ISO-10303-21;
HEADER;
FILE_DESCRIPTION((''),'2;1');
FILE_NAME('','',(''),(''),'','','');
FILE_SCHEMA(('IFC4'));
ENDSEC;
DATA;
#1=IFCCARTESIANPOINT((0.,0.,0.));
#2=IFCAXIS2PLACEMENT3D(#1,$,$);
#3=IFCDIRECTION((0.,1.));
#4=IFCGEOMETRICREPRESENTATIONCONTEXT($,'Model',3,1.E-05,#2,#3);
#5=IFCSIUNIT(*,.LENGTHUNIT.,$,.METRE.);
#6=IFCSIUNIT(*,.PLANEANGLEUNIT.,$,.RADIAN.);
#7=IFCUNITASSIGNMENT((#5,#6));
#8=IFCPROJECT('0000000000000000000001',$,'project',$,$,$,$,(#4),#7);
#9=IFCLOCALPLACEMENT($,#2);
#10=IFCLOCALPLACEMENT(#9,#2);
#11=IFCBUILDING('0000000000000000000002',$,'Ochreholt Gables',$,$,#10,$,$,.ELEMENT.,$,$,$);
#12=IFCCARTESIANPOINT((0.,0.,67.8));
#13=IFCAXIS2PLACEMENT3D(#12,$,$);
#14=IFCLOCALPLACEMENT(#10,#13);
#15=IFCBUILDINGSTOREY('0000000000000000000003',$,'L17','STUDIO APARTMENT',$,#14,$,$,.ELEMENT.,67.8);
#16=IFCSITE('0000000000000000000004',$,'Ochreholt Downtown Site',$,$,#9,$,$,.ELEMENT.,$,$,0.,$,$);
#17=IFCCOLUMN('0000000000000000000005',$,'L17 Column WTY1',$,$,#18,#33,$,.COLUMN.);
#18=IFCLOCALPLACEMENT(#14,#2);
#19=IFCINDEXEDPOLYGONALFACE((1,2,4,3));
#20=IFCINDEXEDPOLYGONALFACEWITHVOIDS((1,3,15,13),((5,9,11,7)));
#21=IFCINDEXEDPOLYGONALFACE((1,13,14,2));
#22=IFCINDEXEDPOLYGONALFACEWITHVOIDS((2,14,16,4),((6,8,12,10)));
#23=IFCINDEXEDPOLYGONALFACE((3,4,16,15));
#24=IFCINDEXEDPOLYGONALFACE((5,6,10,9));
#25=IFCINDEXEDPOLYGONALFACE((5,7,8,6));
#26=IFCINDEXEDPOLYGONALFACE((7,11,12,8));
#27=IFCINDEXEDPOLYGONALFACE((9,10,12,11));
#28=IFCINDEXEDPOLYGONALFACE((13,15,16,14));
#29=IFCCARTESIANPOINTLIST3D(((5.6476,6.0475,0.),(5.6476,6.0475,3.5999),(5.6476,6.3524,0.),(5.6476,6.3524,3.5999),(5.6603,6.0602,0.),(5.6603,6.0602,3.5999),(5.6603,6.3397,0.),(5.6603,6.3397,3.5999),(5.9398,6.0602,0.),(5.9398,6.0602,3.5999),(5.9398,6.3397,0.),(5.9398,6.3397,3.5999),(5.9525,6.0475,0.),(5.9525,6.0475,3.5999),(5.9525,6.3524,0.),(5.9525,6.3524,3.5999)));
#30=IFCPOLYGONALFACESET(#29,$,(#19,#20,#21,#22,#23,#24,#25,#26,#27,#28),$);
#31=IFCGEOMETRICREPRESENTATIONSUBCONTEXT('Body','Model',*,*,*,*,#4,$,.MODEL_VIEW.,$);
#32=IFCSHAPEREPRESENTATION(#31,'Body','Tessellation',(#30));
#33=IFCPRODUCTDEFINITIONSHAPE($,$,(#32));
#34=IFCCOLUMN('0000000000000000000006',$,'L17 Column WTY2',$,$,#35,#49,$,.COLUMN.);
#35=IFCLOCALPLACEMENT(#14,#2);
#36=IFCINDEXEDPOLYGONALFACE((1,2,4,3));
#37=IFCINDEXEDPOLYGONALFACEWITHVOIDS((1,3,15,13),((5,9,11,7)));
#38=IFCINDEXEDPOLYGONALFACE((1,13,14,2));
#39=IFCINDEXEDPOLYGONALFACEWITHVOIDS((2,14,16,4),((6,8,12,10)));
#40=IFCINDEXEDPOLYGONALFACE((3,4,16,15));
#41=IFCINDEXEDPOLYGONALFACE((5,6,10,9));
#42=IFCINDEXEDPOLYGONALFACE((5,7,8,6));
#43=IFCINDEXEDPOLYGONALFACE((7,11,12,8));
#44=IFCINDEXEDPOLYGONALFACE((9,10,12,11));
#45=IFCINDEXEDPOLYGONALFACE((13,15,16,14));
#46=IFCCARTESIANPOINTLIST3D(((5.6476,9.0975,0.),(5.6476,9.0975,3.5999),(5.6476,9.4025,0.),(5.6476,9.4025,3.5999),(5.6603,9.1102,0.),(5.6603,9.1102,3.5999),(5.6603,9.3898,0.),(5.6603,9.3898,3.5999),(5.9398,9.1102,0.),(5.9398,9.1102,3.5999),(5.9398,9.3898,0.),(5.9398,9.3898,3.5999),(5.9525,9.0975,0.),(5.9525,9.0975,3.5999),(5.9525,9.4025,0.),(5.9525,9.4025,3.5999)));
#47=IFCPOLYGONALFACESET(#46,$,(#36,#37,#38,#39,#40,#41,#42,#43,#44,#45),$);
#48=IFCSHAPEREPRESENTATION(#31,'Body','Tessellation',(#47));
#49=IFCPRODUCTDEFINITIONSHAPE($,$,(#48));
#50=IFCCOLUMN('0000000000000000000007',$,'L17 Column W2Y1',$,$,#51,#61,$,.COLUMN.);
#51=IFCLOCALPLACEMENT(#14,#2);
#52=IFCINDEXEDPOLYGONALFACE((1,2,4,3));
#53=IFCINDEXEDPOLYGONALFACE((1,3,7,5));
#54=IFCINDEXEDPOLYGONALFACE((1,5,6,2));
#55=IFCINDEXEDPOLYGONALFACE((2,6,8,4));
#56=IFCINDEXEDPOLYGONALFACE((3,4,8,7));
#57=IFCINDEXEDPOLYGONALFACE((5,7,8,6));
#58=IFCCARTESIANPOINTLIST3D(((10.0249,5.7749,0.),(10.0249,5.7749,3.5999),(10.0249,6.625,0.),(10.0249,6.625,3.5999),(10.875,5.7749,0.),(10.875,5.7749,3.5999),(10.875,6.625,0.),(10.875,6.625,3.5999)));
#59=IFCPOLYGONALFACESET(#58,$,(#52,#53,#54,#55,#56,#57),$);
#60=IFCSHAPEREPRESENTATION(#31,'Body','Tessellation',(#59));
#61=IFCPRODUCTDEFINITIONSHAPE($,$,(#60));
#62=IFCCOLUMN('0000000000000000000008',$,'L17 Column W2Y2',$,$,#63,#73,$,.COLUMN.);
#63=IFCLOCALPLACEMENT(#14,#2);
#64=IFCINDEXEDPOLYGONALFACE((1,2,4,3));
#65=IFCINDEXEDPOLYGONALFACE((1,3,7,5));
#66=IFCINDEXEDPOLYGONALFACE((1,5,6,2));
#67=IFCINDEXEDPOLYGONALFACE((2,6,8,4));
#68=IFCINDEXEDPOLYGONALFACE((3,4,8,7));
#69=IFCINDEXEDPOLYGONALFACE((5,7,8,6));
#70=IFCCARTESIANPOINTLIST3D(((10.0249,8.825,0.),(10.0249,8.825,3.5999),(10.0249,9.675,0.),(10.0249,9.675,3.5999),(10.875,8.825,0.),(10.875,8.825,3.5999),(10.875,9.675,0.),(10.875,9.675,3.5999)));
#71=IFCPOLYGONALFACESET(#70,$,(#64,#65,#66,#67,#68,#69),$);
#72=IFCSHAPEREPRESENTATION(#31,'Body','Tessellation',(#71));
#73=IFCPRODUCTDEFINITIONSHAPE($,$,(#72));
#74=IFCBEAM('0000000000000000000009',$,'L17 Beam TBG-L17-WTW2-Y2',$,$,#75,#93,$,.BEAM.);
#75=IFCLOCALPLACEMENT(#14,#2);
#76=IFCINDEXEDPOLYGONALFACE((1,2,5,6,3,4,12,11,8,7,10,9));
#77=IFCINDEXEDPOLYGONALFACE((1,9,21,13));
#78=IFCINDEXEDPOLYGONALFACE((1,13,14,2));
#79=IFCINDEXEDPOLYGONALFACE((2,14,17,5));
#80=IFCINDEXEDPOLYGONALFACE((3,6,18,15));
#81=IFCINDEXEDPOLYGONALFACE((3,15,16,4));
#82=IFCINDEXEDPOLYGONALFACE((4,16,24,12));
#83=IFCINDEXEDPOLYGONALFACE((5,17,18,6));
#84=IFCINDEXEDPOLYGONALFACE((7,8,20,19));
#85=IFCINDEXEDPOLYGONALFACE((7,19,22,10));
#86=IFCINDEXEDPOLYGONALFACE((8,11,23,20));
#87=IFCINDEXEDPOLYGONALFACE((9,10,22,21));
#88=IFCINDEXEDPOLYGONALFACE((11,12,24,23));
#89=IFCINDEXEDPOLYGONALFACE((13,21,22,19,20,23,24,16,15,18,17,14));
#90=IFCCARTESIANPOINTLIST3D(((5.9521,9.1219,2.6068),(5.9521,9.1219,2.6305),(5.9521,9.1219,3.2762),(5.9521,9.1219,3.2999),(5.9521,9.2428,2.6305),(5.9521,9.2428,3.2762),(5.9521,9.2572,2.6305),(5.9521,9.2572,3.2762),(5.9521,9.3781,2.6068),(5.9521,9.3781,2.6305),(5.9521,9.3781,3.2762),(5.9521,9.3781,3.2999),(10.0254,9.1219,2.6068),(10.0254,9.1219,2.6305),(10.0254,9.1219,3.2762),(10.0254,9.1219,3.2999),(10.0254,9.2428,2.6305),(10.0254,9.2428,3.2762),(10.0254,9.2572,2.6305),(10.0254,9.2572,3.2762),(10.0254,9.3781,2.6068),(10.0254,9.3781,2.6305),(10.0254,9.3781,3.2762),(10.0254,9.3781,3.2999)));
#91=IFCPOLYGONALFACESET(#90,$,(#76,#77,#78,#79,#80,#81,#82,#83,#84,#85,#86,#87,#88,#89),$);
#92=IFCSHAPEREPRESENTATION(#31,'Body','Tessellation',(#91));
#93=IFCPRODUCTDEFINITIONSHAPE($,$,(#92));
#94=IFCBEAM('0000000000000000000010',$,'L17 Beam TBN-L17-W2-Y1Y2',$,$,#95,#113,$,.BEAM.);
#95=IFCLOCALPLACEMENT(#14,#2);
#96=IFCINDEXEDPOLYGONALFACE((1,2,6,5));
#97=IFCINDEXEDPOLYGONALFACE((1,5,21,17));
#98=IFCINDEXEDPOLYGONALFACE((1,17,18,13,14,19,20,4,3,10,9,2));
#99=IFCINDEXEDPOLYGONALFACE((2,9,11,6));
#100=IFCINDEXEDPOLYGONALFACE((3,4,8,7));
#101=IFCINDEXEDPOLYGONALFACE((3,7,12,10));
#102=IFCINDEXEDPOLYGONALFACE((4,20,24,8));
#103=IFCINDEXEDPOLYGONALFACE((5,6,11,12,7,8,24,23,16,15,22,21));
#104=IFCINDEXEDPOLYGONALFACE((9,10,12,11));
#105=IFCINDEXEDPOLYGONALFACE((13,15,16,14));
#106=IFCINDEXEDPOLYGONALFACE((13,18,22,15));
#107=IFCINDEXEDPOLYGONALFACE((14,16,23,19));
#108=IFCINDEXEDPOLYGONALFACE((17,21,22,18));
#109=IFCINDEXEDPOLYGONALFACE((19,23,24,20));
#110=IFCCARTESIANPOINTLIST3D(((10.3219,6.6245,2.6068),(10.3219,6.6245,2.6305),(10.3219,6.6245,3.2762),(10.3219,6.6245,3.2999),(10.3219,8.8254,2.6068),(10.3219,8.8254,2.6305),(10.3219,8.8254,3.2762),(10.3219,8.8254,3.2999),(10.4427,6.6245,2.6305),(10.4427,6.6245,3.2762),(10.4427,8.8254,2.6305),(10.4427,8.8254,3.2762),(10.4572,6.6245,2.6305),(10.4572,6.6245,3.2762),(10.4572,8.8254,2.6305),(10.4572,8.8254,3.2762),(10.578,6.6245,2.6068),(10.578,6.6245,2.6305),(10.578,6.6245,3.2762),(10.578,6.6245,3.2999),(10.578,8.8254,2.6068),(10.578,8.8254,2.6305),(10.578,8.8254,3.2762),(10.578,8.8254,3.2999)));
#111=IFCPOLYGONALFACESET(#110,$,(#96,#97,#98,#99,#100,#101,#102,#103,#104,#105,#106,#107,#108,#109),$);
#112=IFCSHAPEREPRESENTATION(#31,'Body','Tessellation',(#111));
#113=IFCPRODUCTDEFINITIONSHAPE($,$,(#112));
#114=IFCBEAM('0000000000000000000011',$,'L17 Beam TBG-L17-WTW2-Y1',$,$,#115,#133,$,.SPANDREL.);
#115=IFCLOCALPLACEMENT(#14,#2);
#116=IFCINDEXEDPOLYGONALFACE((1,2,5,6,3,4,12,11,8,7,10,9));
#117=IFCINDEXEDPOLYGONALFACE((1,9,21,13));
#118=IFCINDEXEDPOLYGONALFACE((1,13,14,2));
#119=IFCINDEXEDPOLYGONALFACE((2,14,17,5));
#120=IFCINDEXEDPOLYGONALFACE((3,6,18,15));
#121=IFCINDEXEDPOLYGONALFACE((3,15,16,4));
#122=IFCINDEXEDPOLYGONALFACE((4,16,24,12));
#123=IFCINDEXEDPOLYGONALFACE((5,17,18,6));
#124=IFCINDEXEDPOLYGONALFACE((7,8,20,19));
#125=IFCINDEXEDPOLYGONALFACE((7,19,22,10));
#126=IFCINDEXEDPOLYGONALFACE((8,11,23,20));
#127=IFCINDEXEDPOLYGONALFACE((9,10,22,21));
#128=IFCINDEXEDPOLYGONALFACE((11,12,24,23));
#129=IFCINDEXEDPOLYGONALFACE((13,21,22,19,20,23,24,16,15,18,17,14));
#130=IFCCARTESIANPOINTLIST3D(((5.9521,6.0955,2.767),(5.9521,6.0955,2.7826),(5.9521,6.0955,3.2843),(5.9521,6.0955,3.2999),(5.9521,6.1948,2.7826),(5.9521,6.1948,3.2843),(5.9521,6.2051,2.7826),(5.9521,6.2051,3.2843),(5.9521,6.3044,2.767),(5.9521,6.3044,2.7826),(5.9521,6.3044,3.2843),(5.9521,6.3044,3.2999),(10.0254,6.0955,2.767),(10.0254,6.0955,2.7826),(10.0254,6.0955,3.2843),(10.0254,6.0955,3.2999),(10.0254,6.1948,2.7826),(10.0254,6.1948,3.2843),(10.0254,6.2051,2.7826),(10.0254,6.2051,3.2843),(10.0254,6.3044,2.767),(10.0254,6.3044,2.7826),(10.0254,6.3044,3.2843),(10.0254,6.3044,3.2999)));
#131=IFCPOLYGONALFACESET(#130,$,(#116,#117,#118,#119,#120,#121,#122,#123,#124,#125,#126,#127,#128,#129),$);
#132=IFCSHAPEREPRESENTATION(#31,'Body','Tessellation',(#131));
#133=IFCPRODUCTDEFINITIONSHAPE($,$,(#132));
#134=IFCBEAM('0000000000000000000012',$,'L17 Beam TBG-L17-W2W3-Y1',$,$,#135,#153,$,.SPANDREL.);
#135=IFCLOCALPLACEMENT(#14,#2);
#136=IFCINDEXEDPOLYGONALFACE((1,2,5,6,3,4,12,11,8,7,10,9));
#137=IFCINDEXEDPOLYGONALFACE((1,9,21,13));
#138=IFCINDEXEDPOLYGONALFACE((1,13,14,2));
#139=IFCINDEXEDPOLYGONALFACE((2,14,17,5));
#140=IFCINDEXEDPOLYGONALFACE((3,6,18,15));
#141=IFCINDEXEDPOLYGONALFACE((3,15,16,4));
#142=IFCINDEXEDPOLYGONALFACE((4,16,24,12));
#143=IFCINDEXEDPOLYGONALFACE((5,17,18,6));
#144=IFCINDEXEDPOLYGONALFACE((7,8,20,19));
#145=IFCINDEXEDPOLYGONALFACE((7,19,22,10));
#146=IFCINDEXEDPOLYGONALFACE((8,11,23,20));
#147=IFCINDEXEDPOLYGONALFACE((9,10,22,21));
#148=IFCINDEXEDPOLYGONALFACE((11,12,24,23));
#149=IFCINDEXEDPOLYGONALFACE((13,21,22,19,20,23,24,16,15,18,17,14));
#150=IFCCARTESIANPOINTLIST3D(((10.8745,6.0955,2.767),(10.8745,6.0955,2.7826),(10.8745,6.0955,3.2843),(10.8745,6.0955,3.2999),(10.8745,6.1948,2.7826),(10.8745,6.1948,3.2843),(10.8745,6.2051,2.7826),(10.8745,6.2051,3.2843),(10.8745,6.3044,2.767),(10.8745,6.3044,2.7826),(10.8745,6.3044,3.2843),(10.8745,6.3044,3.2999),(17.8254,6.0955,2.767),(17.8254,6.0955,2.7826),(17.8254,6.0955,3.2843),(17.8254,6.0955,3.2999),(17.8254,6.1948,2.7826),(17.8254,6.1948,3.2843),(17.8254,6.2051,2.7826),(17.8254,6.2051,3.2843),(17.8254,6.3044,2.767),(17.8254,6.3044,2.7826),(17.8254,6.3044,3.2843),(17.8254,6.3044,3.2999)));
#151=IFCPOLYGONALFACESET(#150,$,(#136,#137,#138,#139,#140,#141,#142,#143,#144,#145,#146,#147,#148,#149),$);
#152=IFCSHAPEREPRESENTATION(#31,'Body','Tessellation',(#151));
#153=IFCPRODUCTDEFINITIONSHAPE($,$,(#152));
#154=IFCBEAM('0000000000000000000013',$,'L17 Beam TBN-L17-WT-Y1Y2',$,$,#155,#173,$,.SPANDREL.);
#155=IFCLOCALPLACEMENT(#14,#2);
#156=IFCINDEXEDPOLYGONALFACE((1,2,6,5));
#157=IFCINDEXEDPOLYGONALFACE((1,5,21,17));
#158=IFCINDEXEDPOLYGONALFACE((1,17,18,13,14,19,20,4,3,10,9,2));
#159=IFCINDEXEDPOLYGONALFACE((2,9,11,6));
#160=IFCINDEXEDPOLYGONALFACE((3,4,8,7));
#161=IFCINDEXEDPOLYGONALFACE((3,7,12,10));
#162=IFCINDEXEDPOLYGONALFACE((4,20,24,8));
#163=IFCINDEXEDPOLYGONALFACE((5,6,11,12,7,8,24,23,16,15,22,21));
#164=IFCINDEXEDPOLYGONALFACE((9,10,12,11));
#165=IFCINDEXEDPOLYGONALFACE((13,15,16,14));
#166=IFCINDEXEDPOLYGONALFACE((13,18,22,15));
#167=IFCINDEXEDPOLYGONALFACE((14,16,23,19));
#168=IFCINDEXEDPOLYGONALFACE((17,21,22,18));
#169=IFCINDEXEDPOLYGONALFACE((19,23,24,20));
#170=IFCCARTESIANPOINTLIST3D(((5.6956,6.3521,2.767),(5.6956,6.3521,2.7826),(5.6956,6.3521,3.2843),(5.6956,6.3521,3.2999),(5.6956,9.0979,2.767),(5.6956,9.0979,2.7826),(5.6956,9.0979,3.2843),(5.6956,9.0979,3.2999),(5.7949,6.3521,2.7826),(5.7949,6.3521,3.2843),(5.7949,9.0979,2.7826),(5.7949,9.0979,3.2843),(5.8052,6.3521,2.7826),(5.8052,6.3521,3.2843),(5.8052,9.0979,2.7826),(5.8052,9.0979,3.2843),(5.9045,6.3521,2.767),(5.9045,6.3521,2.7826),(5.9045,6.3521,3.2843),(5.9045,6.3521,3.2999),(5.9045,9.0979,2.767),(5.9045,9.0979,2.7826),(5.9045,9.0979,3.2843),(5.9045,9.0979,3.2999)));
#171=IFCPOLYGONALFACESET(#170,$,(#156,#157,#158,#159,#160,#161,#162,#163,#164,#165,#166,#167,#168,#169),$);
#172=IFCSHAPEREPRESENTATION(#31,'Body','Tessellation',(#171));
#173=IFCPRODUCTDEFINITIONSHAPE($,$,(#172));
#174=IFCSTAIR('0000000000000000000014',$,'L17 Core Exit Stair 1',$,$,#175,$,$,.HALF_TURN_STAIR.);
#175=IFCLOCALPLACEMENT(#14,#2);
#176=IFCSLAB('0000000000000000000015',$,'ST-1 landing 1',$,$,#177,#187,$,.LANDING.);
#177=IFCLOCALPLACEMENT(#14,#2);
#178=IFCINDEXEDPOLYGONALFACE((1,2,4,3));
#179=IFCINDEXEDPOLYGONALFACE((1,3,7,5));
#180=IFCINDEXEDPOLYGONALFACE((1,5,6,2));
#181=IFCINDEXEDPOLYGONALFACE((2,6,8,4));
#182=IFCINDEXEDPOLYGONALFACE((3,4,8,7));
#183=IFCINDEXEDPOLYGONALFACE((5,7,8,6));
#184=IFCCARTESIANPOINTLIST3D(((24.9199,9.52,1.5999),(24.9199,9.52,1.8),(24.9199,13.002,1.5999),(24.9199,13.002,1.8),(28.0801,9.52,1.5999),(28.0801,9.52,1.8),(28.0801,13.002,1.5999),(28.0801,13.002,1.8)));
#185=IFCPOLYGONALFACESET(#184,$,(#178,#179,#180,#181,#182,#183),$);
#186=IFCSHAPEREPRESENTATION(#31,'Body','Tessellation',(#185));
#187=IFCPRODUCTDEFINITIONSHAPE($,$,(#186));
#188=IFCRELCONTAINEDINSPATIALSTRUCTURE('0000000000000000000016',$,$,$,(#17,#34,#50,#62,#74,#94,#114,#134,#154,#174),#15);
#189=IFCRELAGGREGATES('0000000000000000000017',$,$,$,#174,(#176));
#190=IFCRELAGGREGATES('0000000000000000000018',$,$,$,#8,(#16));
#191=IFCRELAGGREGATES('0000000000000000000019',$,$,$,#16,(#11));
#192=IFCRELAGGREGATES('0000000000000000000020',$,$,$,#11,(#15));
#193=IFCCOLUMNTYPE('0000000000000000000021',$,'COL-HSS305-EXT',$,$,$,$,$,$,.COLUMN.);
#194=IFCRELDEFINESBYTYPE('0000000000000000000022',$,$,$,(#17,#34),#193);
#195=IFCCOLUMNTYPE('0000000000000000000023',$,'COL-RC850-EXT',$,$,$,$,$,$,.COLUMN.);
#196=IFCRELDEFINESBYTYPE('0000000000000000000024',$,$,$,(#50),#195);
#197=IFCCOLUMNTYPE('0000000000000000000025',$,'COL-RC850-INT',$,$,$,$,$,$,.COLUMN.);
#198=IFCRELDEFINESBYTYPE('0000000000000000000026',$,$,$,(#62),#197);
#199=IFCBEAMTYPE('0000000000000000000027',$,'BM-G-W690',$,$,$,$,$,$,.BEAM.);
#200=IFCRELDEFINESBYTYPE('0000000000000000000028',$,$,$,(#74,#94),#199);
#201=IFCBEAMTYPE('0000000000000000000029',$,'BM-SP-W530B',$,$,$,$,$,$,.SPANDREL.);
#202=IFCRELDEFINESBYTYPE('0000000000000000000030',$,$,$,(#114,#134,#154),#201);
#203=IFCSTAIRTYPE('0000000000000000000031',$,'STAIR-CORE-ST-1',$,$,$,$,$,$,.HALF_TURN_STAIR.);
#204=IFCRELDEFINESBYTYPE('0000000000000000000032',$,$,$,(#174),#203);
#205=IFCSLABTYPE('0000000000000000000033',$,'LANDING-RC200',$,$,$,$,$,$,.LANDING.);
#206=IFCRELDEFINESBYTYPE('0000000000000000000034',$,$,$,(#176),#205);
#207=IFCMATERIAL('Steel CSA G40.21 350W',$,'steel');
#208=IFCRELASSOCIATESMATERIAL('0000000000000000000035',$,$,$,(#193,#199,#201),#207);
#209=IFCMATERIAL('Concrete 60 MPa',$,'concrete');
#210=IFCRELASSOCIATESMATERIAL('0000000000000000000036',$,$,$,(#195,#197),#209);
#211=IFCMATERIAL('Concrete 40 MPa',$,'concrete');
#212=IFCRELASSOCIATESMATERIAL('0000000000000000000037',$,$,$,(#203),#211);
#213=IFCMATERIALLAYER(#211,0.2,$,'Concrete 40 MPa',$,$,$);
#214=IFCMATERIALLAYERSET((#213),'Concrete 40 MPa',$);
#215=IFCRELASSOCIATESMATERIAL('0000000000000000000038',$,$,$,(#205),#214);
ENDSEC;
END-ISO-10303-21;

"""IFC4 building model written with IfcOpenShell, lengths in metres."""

from ifc_helpers import new_model, si_unit, direction, frame, origin, origin_2d, place, context, subcontext, project, spatial, polyline, rectangle, hollow_rectangle, i_section, outline, extrude, material, layer, layer_set, material_profile, profile_set, type_object, element, aggregate, save


model = new_model("IFC4")

# Units and contexts
model_context = context("Model", 3, precision=1e-05, world=origin(), true_north=direction((0.0, 1.0)))
body_context = subcontext(model_context, "Body", "Model", "MODEL_VIEW")
ifc_project = project(units=[si_unit("LENGTHUNIT", "METRE"), si_unit("PLANEANGLEUNIT", "RADIAN")], contexts=[model_context])

# Site, building, storey
site_placement = place(None, origin())
site = spatial("IfcSite", under=ifc_project, at=site_placement, Name="Ochreholt Downtown Site", CompositionType="ELEMENT", RefElevation=0.0)
building_placement = place(site_placement, origin())
building = spatial("IfcBuilding", under=site, at=building_placement, Name="Ochreholt Gables", CompositionType="ELEMENT")
storey_placement = place(building_placement, frame((0.0, 0.0, 67.8)))
storey = spatial("IfcBuildingStorey", under=building, at=storey_placement, Name="L17", Description="STUDIO APARTMENT", CompositionType="ELEMENT", Elevation=67.8)

# Columns
ifc_material_1 = material(Name="Steel CSA G40.21 350W", Category="steel")
ifc_material_profile_1 = material_profile(ifc_material_1, hollow_rectangle(XDim=0.3049, YDim=0.3049, WallThickness=0.0127, at=origin_2d()), Name="HSS305X305X13")
ifc_profile_set_1 = profile_set([ifc_material_profile_1], Name="Steel CSA G40.21 350W")
column_type_1 = type_object("IfcColumnType", Name="COL-HSS305-EXT", PredefinedType="COLUMN", material=ifc_profile_set_1)
for number, where, z_axis, x_axis, name in (
    (1, (5.8, 6.2, 0.0), (0.0, 0.0, 1.0), (1.0, 0.0, 0.0), "L17 Column WTY1"),
    (2, (5.8, 9.25, 0.0), (0.0, 0.0, 1.0), (1.0, 0.0, 0.0), "L17 Column WTY2"),
):
    element("IfcColumn", number, at=place(storey_placement, frame(where, z_axis=z_axis, x_axis=x_axis)), inside=storey, type_object=column_type_1, Name=name, PredefinedType="COLUMN", context=body_context, shape_type="SweptSolid", body=[
        extrude(hollow_rectangle(XDim=0.3049, YDim=0.3049, WallThickness=0.0127, at=origin_2d()), origin(), (0.0, 0.0, 1.0), 3.5999),
    ])
ifc_material_2 = material(Name="Concrete 60 MPa", Category="concrete")
ifc_material_profile_2 = material_profile(ifc_material_2, rectangle(XDim=0.8501, YDim=0.8501, at=origin_2d()), Name="RC850X850")
ifc_profile_set_2 = profile_set([ifc_material_profile_2], Name="Concrete 60 MPa")
column_type_2 = type_object("IfcColumnType", Name="COL-RC850-EXT", PredefinedType="COLUMN", material=ifc_profile_set_2)
column_1_placement = place(storey_placement, frame((10.45, 6.2, 0.0), z_axis=(0.0, 0.0, 1.0), x_axis=(1.0, 0.0, 0.0)))
element("IfcColumn", 3, at=column_1_placement, inside=storey, type_object=column_type_2, Name="L17 Column W2Y1", PredefinedType="COLUMN", context=body_context, shape_type="SweptSolid", body=[
    extrude(rectangle(XDim=0.8501, YDim=0.8501, at=origin_2d()), origin(), (0.0, 0.0, 1.0), 3.5999),
])
ifc_material_profile_3 = material_profile(ifc_material_2, rectangle(XDim=0.8501, YDim=0.8501, at=origin_2d()), Name="RC850X850")
ifc_profile_set_3 = profile_set([ifc_material_profile_3], Name="Concrete 60 MPa")
column_type_3 = type_object("IfcColumnType", Name="COL-RC850-INT", PredefinedType="COLUMN", material=ifc_profile_set_3)
column_2_placement = place(storey_placement, frame((10.45, 9.25, 0.0), z_axis=(0.0, 0.0, 1.0), x_axis=(1.0, 0.0, 0.0)))
element("IfcColumn", 4, at=column_2_placement, inside=storey, type_object=column_type_3, Name="L17 Column W2Y2", PredefinedType="COLUMN", context=body_context, shape_type="SweptSolid", body=[
    extrude(rectangle(XDim=0.8501, YDim=0.8501, at=origin_2d()), origin(), (0.0, 0.0, 1.0), 3.5999),
])

# Beams
ifc_material_profile_4 = material_profile(ifc_material_1, i_section(OverallWidth=0.2561, OverallDepth=0.6931, WebThickness=0.0144, FlangeThickness=0.0237, at=origin_2d()), Name="W690X170")
ifc_profile_set_4 = profile_set([ifc_material_profile_4], Name="Steel CSA G40.21 350W")
beam_type_1 = type_object("IfcBeamType", Name="BM-G-W690", PredefinedType="BEAM", material=ifc_profile_set_4)
beam_1_placement = place(storey_placement, frame((5.9521, 9.25, 2.9534), z_axis=(1.0, 0.0, 0.0), x_axis=(0.0, 1.0, 0.0)))
element("IfcBeam", 5, at=beam_1_placement, inside=storey, type_object=beam_type_1, Name="L17 Beam TBG-L17-WTW2-Y2", PredefinedType="BEAM", context=body_context, shape_type="SweptSolid", body=[
    extrude(i_section(OverallWidth=0.2561, OverallDepth=0.6931, WebThickness=0.0144, FlangeThickness=0.0237, at=origin_2d()), origin(), (0.0, 0.0, 1.0), 4.0732),
])
beam_2_placement = place(storey_placement, frame((10.45, 6.6245, 2.9534), z_axis=(0.0, 1.0, 0.0), x_axis=(-1.0, 0.0, 0.0)))
element("IfcBeam", 6, at=beam_2_placement, inside=storey, type_object=beam_type_1, Name="L17 Beam TBN-L17-W2-Y1Y2", PredefinedType="BEAM", context=body_context, shape_type="SweptSolid", body=[
    extrude(i_section(OverallWidth=0.2561, OverallDepth=0.6931, WebThickness=0.0144, FlangeThickness=0.0237, at=origin_2d()), origin(), (0.0, 0.0, 1.0), 2.2009),
])
ifc_material_profile_5 = material_profile(ifc_material_1, i_section(OverallWidth=0.209, OverallDepth=0.533, WebThickness=0.0103, FlangeThickness=0.0156, at=origin_2d()), Name="W530X92")
ifc_profile_set_5 = profile_set([ifc_material_profile_5], Name="Steel CSA G40.21 350W")
beam_type_2 = type_object("IfcBeamType", Name="BM-SP-W530B", PredefinedType="SPANDREL", material=ifc_profile_set_5)
beam_3_placement = place(storey_placement, frame((5.9521, 6.2, 3.0334), z_axis=(1.0, 0.0, 0.0), x_axis=(0.0, 1.0, 0.0)))
element("IfcBeam", 7, at=beam_3_placement, inside=storey, type_object=beam_type_2, Name="L17 Beam TBG-L17-WTW2-Y1", PredefinedType="SPANDREL", context=body_context, shape_type="SweptSolid", body=[
    extrude(i_section(OverallWidth=0.209, OverallDepth=0.533, WebThickness=0.0103, FlangeThickness=0.0156, at=origin_2d()), origin(), (0.0, 0.0, 1.0), 4.0732),
])
beam_4_placement = place(storey_placement, frame((10.8745, 6.2, 3.0334), z_axis=(1.0, 0.0, 0.0), x_axis=(0.0, 1.0, 0.0)))
element("IfcBeam", 8, at=beam_4_placement, inside=storey, type_object=beam_type_2, Name="L17 Beam TBG-L17-W2W3-Y1", PredefinedType="SPANDREL", context=body_context, shape_type="SweptSolid", body=[
    extrude(i_section(OverallWidth=0.209, OverallDepth=0.533, WebThickness=0.0103, FlangeThickness=0.0156, at=origin_2d()), origin(), (0.0, 0.0, 1.0), 6.9509),
])
beam_5_placement = place(storey_placement, frame((5.8, 6.3521, 3.0334), z_axis=(0.0, 1.0, 0.0), x_axis=(-1.0, 0.0, 0.0)))
element("IfcBeam", 9, at=beam_5_placement, inside=storey, type_object=beam_type_2, Name="L17 Beam TBN-L17-WT-Y1Y2", PredefinedType="SPANDREL", context=body_context, shape_type="SweptSolid", body=[
    extrude(i_section(OverallWidth=0.209, OverallDepth=0.533, WebThickness=0.0103, FlangeThickness=0.0156, at=origin_2d()), origin(), (0.0, 0.0, 1.0), 2.7458),
])

# Stair, slab
ifc_material_3 = material(Name="Concrete 40 MPa", Category="concrete")
stair_type_1 = type_object("IfcStairType", Name="STAIR-CORE-ST-1", PredefinedType="HALF_TURN_STAIR", material=ifc_material_3)
stair_1_placement = place(storey_placement, origin())
stair_1 = element("IfcStair", 10, at=stair_1_placement, inside=storey, type_object=stair_type_1, Name="L17 Core Exit Stair 1", PredefinedType="HALF_TURN_STAIR")
ifc_layer_1 = layer(ifc_material_3, 0.2, Name="Concrete 40 MPa")
ifc_layer_set_1 = layer_set([ifc_layer_1], Name="Concrete 40 MPa")
slab_type_1 = type_object("IfcSlabType", Name="LANDING-RC200", PredefinedType="LANDING", material=ifc_layer_set_1)
slab_1_placement = place(storey_placement, frame((0.0, 0.0, 1.5999)))
slab_1 = element("IfcSlab", 11, at=slab_1_placement, type_object=slab_type_1, Name="ST-1 landing 1", PredefinedType="LANDING", context=body_context, shape_type="SweptSolid", body=[
    extrude(outline(polyline([(24.9199, 13.002), (24.9199, 9.52), (28.0801, 9.52), (28.0801, 13.002), (24.9199, 13.002)])), origin(), (0.0, 0.0, 1.0), 0.2002),
])
aggregate(stair_1, [slab_1])

save(model, "model.ifc")
